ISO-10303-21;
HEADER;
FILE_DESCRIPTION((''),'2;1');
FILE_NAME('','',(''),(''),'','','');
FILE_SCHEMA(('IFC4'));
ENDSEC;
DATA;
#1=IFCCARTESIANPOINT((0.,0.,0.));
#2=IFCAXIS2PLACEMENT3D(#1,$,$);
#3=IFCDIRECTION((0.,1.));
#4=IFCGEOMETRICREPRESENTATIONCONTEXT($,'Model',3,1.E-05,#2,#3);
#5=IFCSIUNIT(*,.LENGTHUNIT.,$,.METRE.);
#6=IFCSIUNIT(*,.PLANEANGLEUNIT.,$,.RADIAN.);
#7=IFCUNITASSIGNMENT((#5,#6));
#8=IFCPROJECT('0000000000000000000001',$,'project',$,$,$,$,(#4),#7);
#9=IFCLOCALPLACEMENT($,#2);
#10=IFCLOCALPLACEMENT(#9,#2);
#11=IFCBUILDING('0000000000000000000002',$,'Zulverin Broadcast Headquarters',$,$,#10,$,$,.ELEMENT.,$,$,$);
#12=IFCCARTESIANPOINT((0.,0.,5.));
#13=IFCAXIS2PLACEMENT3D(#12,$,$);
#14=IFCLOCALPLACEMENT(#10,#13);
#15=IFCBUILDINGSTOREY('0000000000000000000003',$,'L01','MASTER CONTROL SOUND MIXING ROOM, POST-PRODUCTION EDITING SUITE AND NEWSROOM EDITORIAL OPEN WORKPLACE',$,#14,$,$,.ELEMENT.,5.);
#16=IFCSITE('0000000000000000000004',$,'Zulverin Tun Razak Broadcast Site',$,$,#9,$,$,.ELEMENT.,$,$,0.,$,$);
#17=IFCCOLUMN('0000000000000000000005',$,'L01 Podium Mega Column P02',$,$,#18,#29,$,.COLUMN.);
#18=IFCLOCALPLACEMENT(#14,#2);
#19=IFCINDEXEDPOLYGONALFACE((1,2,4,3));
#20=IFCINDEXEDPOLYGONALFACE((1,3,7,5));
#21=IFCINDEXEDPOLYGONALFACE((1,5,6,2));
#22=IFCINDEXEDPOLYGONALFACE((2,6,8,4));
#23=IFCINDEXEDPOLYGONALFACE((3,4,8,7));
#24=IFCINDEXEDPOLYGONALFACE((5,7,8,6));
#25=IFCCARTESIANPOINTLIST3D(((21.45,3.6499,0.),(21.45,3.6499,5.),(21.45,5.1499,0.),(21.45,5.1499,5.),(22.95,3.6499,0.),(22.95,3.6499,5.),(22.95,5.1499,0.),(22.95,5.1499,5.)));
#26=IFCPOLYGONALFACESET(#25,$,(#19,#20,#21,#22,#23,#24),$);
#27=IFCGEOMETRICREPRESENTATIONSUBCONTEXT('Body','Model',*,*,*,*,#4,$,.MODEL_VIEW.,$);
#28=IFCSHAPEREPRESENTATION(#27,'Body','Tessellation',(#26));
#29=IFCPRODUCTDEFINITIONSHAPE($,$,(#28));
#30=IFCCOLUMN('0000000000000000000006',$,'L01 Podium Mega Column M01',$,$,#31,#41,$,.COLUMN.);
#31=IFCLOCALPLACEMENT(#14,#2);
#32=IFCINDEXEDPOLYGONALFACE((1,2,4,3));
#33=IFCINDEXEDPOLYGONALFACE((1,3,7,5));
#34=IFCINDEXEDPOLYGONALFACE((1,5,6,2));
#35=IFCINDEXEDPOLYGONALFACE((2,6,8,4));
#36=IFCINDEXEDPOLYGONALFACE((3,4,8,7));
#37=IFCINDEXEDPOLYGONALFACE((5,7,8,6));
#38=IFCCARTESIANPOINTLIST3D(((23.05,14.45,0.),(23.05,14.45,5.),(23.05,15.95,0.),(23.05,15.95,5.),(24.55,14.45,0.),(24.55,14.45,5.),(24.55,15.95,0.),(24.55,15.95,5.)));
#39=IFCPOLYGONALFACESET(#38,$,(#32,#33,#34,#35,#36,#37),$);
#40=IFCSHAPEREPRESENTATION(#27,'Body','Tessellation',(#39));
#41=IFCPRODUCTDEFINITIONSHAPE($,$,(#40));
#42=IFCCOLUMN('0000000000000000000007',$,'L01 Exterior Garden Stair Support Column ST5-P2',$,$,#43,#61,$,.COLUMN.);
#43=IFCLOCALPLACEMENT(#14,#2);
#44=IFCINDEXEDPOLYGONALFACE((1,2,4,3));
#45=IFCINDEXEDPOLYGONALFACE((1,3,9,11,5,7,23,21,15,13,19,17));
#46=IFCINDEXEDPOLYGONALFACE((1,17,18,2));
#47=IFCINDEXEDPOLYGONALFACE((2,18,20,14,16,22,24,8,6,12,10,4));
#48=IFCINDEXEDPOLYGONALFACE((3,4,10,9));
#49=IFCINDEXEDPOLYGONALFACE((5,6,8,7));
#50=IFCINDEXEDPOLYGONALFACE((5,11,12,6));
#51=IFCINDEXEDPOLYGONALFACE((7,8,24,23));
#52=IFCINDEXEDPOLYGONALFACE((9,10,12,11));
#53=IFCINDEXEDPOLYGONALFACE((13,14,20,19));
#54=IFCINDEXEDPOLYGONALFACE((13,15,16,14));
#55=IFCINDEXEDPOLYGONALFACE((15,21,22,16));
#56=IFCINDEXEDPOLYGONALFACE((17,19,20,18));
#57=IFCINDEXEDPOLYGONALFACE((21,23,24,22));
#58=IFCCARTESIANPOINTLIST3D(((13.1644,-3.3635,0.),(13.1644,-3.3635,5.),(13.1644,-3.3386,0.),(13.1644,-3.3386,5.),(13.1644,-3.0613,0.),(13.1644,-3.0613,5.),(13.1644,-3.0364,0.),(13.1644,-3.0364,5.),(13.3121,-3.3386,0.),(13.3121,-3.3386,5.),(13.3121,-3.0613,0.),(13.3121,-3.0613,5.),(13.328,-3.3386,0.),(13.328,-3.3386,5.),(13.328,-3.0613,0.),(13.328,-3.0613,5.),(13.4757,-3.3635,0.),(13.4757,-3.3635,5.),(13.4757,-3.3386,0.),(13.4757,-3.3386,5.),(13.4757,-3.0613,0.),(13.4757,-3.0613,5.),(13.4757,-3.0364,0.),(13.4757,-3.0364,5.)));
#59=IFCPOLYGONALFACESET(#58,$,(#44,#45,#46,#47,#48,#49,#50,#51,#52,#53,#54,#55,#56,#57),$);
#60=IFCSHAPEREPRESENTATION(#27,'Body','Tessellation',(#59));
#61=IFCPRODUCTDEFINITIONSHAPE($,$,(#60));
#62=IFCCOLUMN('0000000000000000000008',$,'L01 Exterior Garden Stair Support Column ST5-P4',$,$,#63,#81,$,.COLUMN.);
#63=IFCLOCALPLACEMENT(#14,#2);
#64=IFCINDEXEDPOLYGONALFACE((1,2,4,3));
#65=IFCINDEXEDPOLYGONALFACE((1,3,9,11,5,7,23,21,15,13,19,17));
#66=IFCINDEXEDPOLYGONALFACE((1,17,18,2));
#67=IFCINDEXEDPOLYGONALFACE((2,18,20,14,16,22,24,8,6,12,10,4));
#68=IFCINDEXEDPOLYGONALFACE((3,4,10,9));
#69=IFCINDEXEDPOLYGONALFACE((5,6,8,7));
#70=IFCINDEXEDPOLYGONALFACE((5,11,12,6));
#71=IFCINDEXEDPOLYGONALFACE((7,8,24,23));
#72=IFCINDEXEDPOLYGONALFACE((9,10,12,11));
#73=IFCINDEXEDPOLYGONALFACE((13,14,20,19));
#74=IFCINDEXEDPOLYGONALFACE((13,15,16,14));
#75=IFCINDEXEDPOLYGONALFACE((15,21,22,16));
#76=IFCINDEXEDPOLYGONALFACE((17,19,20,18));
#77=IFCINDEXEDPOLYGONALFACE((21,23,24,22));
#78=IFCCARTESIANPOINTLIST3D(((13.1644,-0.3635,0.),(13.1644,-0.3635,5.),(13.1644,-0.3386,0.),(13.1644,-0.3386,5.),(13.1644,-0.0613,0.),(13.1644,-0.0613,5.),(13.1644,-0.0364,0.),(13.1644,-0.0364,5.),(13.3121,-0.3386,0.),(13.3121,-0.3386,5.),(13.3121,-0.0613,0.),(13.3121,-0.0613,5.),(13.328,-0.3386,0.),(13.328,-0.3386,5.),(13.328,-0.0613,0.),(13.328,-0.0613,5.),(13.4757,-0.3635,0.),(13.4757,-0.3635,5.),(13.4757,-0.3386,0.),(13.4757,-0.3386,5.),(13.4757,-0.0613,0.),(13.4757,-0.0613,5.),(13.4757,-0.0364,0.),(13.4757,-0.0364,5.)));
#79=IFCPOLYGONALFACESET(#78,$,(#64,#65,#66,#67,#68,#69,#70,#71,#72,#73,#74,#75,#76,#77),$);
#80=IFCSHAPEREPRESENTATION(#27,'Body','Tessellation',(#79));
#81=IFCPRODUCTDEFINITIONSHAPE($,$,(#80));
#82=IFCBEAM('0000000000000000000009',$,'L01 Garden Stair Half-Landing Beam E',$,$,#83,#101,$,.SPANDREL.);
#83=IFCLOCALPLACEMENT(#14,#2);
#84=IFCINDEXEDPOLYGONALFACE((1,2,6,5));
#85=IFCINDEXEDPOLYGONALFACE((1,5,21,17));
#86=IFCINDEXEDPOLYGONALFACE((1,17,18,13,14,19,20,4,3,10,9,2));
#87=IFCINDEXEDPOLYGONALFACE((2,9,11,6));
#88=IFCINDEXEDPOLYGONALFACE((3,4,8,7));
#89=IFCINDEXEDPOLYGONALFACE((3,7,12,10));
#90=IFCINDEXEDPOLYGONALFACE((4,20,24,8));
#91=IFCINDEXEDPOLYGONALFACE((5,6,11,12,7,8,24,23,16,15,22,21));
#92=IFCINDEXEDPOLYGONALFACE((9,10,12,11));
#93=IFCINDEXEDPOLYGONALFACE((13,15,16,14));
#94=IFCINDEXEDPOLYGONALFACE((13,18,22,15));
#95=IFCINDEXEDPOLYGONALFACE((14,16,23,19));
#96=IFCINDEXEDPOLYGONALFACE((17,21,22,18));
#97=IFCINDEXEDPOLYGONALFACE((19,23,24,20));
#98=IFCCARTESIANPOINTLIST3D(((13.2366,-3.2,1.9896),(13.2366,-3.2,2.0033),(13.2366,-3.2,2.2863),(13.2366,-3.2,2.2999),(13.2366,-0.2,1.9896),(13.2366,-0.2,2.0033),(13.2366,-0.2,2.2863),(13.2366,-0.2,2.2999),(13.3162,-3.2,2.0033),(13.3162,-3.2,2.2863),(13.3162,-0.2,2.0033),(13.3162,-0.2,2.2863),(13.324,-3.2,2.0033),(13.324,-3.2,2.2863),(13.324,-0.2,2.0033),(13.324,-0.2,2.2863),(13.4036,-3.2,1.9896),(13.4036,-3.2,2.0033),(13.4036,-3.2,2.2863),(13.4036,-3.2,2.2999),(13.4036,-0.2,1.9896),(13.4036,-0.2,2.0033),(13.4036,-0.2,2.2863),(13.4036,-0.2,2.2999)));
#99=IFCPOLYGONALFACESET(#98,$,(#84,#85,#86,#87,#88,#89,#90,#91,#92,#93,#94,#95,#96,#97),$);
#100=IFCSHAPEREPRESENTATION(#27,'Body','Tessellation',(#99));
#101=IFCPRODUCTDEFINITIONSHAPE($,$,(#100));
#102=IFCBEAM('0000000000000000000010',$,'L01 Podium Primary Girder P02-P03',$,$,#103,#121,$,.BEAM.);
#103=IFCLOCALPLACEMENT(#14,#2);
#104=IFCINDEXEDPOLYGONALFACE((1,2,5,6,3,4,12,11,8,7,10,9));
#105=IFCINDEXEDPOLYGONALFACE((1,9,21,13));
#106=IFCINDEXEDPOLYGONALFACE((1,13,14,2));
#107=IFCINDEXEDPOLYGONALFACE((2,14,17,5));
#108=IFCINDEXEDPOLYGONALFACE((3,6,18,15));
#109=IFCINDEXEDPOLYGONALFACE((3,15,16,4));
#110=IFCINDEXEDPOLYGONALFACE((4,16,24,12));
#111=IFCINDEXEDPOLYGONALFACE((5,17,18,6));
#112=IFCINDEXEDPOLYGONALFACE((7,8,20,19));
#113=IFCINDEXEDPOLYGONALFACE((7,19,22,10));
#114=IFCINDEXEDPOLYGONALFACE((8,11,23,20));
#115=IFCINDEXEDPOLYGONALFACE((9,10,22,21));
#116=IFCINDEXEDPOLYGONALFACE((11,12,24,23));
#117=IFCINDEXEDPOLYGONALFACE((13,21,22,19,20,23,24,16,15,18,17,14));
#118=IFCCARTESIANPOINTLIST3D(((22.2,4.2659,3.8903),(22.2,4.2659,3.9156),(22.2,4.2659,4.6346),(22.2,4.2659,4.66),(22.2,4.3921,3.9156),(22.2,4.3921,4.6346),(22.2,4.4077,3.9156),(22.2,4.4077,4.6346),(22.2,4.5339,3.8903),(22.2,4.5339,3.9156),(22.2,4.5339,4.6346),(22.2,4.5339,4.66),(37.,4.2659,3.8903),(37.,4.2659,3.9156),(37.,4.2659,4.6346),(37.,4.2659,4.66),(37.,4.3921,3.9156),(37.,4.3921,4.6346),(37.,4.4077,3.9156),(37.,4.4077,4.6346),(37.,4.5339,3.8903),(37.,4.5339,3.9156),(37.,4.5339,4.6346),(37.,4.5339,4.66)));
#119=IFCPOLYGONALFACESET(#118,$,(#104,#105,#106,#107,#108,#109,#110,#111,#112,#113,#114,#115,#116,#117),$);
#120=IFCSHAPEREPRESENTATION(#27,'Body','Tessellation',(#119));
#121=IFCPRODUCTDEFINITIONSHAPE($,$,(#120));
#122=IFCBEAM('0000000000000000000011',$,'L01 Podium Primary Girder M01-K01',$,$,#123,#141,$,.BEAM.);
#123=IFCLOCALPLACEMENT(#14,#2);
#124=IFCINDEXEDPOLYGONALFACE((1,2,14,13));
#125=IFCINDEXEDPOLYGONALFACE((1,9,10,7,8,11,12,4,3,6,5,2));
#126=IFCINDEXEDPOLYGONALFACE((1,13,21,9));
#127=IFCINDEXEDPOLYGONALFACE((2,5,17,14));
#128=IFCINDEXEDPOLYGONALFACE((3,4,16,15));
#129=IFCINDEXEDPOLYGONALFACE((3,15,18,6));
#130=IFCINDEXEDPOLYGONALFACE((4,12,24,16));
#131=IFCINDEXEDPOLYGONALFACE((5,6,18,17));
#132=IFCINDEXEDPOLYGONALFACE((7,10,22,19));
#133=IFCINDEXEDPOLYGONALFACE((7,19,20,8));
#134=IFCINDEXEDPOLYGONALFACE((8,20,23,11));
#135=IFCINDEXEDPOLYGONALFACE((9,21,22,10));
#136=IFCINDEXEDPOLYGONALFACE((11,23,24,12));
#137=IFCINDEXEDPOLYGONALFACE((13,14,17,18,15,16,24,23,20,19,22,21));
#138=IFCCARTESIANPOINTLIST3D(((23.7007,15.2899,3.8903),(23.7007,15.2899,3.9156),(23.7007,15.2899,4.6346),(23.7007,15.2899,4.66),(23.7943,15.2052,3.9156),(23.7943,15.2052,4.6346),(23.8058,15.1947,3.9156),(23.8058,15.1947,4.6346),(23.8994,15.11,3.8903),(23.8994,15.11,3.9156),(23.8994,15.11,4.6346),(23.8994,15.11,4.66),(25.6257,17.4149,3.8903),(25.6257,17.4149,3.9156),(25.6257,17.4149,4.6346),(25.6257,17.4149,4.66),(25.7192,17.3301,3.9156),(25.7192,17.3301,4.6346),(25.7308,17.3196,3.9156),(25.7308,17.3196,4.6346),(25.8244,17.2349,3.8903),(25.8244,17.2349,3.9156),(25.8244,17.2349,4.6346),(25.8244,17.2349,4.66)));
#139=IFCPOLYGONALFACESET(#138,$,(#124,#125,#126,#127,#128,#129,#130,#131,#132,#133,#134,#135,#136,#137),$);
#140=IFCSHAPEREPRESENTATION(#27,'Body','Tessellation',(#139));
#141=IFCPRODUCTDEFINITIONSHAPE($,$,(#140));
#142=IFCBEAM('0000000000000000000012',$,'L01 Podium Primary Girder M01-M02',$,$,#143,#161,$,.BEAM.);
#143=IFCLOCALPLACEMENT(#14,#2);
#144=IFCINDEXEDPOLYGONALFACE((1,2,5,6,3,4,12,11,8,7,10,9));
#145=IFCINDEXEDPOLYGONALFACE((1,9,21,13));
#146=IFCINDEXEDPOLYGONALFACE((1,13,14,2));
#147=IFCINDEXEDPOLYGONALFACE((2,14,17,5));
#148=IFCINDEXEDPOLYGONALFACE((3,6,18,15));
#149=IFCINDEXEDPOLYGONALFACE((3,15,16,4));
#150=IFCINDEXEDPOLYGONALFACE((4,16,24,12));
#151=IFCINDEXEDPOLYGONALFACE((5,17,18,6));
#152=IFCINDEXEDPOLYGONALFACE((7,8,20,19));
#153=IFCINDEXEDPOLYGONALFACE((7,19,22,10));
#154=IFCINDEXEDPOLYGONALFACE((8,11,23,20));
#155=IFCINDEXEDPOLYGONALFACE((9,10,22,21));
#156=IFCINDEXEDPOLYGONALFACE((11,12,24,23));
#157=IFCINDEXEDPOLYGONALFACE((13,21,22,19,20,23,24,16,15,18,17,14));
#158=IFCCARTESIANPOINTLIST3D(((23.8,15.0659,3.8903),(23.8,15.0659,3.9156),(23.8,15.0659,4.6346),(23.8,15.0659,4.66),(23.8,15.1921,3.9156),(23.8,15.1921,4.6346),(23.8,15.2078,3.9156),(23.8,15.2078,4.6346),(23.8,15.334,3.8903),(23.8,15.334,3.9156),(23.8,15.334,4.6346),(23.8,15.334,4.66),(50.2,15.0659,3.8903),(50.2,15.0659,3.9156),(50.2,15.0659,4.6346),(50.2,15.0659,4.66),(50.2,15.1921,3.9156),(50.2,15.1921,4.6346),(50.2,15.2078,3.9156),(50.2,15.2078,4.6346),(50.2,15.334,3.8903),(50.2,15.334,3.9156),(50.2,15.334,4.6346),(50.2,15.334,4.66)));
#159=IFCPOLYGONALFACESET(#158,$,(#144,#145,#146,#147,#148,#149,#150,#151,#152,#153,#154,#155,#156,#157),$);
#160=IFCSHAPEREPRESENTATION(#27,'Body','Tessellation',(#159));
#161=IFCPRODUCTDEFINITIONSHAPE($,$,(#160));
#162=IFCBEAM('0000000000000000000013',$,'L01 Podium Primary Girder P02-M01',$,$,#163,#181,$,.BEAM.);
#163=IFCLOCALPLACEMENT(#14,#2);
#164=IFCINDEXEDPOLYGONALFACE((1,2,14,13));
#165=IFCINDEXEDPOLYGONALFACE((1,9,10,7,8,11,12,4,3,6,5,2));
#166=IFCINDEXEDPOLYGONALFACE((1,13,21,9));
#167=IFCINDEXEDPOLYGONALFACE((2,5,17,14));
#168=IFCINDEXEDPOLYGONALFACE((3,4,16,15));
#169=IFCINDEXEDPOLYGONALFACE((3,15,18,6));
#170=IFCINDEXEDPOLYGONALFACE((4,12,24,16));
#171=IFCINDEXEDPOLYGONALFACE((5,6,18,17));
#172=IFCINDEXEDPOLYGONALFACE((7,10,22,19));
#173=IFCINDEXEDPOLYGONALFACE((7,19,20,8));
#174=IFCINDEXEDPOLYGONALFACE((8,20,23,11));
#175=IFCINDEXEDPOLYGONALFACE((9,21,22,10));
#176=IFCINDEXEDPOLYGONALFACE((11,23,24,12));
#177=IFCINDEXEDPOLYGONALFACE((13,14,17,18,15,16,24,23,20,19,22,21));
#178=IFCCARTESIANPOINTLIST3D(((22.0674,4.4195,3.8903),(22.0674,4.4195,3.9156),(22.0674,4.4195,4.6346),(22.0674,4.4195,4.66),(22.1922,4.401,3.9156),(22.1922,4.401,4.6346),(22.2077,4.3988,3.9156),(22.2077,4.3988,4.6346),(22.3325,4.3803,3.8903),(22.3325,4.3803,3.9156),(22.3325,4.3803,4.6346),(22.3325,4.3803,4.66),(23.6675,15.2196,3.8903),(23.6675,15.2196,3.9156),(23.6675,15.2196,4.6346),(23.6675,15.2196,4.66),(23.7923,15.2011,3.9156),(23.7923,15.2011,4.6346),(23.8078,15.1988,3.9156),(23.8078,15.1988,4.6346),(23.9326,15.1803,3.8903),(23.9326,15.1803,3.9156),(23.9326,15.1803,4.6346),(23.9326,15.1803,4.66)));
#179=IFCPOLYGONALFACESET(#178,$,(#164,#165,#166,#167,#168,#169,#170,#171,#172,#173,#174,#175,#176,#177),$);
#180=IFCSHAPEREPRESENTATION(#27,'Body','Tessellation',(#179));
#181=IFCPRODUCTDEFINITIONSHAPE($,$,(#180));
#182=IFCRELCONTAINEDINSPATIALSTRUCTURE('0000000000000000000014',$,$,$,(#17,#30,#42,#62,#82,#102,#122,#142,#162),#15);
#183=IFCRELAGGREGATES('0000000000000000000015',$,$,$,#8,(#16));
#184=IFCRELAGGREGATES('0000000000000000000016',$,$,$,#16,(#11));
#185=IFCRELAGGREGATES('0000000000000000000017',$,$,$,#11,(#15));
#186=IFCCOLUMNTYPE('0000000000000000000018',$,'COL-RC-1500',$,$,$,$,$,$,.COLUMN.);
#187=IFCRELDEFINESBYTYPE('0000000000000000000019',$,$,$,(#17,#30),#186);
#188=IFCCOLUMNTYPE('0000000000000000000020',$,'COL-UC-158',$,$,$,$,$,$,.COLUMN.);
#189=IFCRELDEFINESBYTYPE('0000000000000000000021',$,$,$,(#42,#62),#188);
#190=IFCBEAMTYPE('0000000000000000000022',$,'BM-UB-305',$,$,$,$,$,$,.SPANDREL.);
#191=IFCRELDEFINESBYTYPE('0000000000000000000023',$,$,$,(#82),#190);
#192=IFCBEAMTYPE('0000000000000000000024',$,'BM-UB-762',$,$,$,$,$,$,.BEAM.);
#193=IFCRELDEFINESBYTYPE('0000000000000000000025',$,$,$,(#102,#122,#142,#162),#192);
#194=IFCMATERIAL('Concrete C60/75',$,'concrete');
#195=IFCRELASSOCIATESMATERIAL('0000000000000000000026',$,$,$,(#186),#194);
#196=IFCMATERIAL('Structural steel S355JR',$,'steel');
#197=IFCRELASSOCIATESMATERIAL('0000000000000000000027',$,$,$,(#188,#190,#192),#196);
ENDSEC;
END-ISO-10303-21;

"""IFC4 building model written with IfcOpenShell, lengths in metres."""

from ifc_helpers import new_model, si_unit, direction, frame, origin, origin_2d, place, context, subcontext, project, spatial, rectangle, i_section, extrude, material, material_profile, profile_set, type_object, element, save


model = new_model("IFC4")

# Units and contexts
model_context = context("Model", 3, precision=1e-05, world=origin(), true_north=direction((0.0, 1.0)))
body_context = subcontext(model_context, "Body", "Model", "MODEL_VIEW")
ifc_project = project(units=[si_unit("LENGTHUNIT", "METRE"), si_unit("PLANEANGLEUNIT", "RADIAN")], contexts=[model_context])

# Site, building, storey
site_placement = place(None, origin())
site = spatial("IfcSite", under=ifc_project, at=site_placement, Name="Zulverin Tun Razak Broadcast Site", CompositionType="ELEMENT", RefElevation=0.0)
building_placement = place(site_placement, origin())
building = spatial("IfcBuilding", under=site, at=building_placement, Name="Zulverin Broadcast Headquarters", CompositionType="ELEMENT")
storey_placement = place(building_placement, frame((0.0, 0.0, 5.0)))
storey = spatial("IfcBuildingStorey", under=building, at=storey_placement, Name="L01", Description="MASTER CONTROL SOUND MIXING ROOM, POST-PRODUCTION EDITING SUITE AND NEWSROOM EDITORIAL OPEN WORKPLACE", CompositionType="ELEMENT", Elevation=5.0)

# Columns
ifc_material_1 = material(Name="Concrete C60/75", Category="concrete")
ifc_material_profile_1 = material_profile(ifc_material_1, rectangle(XDim=1.5, YDim=1.5, at=origin_2d()), Name="Concrete C60/75", Category="concrete")
ifc_profile_set_1 = profile_set([ifc_material_profile_1], Name="Concrete C60/75")
column_type_1 = type_object("IfcColumnType", Name="COL-RC-1500", PredefinedType="COLUMN", material=ifc_profile_set_1)
for number, where, z_axis, x_axis, name in (
    (1, (22.2, 4.3999, 0.0), (0.0, 0.0, 1.0), (1.0, 0.0, 0.0), "L01 Podium Mega Column P02"),
    (2, (23.8, 15.2, 0.0), (0.0, 0.0, 1.0), (1.0, 0.0, 0.0), "L01 Podium Mega Column M01"),
):
    element("IfcColumn", number, at=place(storey_placement, frame(where, z_axis=z_axis, x_axis=x_axis)), inside=storey, type_object=column_type_1, Name=name, PredefinedType="COLUMN", context=body_context, shape_type="SweptSolid", body=[
        extrude(rectangle(XDim=1.5, YDim=1.5, at=origin_2d()), origin(), (0.0, 0.0, 1.0), 5.0),
    ])
ifc_material_2 = material(Name="Structural steel S355JR", Category="steel")
ifc_material_profile_2 = material_profile(ifc_material_2, i_section(OverallWidth=0.3113, OverallDepth=0.3271, WebThickness=0.0159, FlangeThickness=0.0249, at=origin_2d()), Name="Structural steel S355JR", Category="steel")
ifc_profile_set_2 = profile_set([ifc_material_profile_2], Name="Structural steel S355JR")
column_type_2 = type_object("IfcColumnType", Name="COL-UC-158", PredefinedType="COLUMN", material=ifc_profile_set_2)
for number, where, z_axis, x_axis, name in (
    (3, (13.3201, -3.2, 0.0), (0.0, 0.0, 1.0), (1.0, 0.0, 0.0), "L01 Exterior Garden Stair Support Column ST5-P2"),
    (4, (13.3201, -0.2, 0.0), (0.0, 0.0, 1.0), (1.0, 0.0, 0.0), "L01 Exterior Garden Stair Support Column ST5-P4"),
):
    element("IfcColumn", number, at=place(storey_placement, frame(where, z_axis=z_axis, x_axis=x_axis)), inside=storey, type_object=column_type_2, Name=name, PredefinedType="COLUMN", context=body_context, shape_type="SweptSolid", body=[
        extrude(i_section(OverallWidth=0.3113, OverallDepth=0.3271, WebThickness=0.0159, FlangeThickness=0.0249, at=origin_2d()), origin(), (0.0, 0.0, 1.0), 5.0),
    ])

# Beams
ifc_material_profile_3 = material_profile(ifc_material_2, i_section(OverallWidth=0.167, OverallDepth=0.3103, WebThickness=0.0078, FlangeThickness=0.0137, at=origin_2d()), Name="Structural steel S355JR", Category="steel")
ifc_profile_set_3 = profile_set([ifc_material_profile_3], Name="Structural steel S355JR")
beam_type_1 = type_object("IfcBeamType", Name="BM-UB-305", PredefinedType="SPANDREL", material=ifc_profile_set_3)
beam_1_placement = place(storey_placement, frame((13.3201, -3.2, 2.1448), z_axis=(0.0, 1.0, 0.0), x_axis=(-1.0, 0.0, 0.0)))
element("IfcBeam", 5, at=beam_1_placement, inside=storey, type_object=beam_type_1, Name="L01 Garden Stair Half-Landing Beam E", PredefinedType="SPANDREL", context=body_context, shape_type="SweptSolid", body=[
    extrude(i_section(OverallWidth=0.167, OverallDepth=0.3103, WebThickness=0.0078, FlangeThickness=0.0137, at=origin_2d()), origin(), (0.0, 0.0, 1.0), 3.0),
])
ifc_material_profile_4 = material_profile(ifc_material_2, i_section(OverallWidth=0.2681, OverallDepth=0.7698, WebThickness=0.0156, FlangeThickness=0.0254, at=origin_2d()), Name="Structural steel S355JR", Category="steel")
ifc_profile_set_4 = profile_set([ifc_material_profile_4], Name="Structural steel S355JR")
beam_type_2 = type_object("IfcBeamType", Name="BM-UB-762", PredefinedType="BEAM", material=ifc_profile_set_4)
beam_2_placement = place(storey_placement, frame((22.2, 4.3999, 4.2751), z_axis=(1.0, 0.0, 0.0), x_axis=(0.0, 1.0, 0.0)))
element("IfcBeam", 6, at=beam_2_placement, inside=storey, type_object=beam_type_2, Name="L01 Podium Primary Girder P02-P03", PredefinedType="BEAM", context=body_context, shape_type="SweptSolid", body=[
    extrude(i_section(OverallWidth=0.2681, OverallDepth=0.7698, WebThickness=0.0156, FlangeThickness=0.0254, at=origin_2d()), origin(), (0.0, 0.0, 1.0), 14.8),
])
beam_3_placement = place(storey_placement, frame((23.8, 15.2, 4.2751), z_axis=(0.671379, 0.741114, 0.0), x_axis=(-0.741114, 0.671379, 0.0)))
element("IfcBeam", 7, at=beam_3_placement, inside=storey, type_object=beam_type_2, Name="L01 Podium Primary Girder M01-K01", PredefinedType="BEAM", context=body_context, shape_type="SweptSolid", body=[
    extrude(i_section(OverallWidth=0.2681, OverallDepth=0.7698, WebThickness=0.0156, FlangeThickness=0.0254, at=origin_2d()), origin(), (0.0, 0.0, 1.0), 2.8672),
])
beam_4_placement = place(storey_placement, frame((23.8, 15.2, 4.2751), z_axis=(1.0, 0.0, 0.0), x_axis=(0.0, 1.0, 0.0)))
element("IfcBeam", 8, at=beam_4_placement, inside=storey, type_object=beam_type_2, Name="L01 Podium Primary Girder M01-M02", PredefinedType="BEAM", context=body_context, shape_type="SweptSolid", body=[
    extrude(i_section(OverallWidth=0.2681, OverallDepth=0.7698, WebThickness=0.0156, FlangeThickness=0.0254, at=origin_2d()), origin(), (0.0, 0.0, 1.0), 26.3999),
])
beam_5_placement = place(storey_placement, frame((22.2, 4.3999, 4.2751), z_axis=(0.146557, 0.989202, 0.0), x_axis=(-0.989202, 0.146557, 0.0)))
element("IfcBeam", 9, at=beam_5_placement, inside=storey, type_object=beam_type_2, Name="L01 Podium Primary Girder P02-M01", PredefinedType="BEAM", context=body_context, shape_type="SweptSolid", body=[
    extrude(i_section(OverallWidth=0.2681, OverallDepth=0.7698, WebThickness=0.0156, FlangeThickness=0.0254, at=origin_2d()), origin(), (0.0, 0.0, 1.0), 10.918),
])

save(model, "model.ifc")
